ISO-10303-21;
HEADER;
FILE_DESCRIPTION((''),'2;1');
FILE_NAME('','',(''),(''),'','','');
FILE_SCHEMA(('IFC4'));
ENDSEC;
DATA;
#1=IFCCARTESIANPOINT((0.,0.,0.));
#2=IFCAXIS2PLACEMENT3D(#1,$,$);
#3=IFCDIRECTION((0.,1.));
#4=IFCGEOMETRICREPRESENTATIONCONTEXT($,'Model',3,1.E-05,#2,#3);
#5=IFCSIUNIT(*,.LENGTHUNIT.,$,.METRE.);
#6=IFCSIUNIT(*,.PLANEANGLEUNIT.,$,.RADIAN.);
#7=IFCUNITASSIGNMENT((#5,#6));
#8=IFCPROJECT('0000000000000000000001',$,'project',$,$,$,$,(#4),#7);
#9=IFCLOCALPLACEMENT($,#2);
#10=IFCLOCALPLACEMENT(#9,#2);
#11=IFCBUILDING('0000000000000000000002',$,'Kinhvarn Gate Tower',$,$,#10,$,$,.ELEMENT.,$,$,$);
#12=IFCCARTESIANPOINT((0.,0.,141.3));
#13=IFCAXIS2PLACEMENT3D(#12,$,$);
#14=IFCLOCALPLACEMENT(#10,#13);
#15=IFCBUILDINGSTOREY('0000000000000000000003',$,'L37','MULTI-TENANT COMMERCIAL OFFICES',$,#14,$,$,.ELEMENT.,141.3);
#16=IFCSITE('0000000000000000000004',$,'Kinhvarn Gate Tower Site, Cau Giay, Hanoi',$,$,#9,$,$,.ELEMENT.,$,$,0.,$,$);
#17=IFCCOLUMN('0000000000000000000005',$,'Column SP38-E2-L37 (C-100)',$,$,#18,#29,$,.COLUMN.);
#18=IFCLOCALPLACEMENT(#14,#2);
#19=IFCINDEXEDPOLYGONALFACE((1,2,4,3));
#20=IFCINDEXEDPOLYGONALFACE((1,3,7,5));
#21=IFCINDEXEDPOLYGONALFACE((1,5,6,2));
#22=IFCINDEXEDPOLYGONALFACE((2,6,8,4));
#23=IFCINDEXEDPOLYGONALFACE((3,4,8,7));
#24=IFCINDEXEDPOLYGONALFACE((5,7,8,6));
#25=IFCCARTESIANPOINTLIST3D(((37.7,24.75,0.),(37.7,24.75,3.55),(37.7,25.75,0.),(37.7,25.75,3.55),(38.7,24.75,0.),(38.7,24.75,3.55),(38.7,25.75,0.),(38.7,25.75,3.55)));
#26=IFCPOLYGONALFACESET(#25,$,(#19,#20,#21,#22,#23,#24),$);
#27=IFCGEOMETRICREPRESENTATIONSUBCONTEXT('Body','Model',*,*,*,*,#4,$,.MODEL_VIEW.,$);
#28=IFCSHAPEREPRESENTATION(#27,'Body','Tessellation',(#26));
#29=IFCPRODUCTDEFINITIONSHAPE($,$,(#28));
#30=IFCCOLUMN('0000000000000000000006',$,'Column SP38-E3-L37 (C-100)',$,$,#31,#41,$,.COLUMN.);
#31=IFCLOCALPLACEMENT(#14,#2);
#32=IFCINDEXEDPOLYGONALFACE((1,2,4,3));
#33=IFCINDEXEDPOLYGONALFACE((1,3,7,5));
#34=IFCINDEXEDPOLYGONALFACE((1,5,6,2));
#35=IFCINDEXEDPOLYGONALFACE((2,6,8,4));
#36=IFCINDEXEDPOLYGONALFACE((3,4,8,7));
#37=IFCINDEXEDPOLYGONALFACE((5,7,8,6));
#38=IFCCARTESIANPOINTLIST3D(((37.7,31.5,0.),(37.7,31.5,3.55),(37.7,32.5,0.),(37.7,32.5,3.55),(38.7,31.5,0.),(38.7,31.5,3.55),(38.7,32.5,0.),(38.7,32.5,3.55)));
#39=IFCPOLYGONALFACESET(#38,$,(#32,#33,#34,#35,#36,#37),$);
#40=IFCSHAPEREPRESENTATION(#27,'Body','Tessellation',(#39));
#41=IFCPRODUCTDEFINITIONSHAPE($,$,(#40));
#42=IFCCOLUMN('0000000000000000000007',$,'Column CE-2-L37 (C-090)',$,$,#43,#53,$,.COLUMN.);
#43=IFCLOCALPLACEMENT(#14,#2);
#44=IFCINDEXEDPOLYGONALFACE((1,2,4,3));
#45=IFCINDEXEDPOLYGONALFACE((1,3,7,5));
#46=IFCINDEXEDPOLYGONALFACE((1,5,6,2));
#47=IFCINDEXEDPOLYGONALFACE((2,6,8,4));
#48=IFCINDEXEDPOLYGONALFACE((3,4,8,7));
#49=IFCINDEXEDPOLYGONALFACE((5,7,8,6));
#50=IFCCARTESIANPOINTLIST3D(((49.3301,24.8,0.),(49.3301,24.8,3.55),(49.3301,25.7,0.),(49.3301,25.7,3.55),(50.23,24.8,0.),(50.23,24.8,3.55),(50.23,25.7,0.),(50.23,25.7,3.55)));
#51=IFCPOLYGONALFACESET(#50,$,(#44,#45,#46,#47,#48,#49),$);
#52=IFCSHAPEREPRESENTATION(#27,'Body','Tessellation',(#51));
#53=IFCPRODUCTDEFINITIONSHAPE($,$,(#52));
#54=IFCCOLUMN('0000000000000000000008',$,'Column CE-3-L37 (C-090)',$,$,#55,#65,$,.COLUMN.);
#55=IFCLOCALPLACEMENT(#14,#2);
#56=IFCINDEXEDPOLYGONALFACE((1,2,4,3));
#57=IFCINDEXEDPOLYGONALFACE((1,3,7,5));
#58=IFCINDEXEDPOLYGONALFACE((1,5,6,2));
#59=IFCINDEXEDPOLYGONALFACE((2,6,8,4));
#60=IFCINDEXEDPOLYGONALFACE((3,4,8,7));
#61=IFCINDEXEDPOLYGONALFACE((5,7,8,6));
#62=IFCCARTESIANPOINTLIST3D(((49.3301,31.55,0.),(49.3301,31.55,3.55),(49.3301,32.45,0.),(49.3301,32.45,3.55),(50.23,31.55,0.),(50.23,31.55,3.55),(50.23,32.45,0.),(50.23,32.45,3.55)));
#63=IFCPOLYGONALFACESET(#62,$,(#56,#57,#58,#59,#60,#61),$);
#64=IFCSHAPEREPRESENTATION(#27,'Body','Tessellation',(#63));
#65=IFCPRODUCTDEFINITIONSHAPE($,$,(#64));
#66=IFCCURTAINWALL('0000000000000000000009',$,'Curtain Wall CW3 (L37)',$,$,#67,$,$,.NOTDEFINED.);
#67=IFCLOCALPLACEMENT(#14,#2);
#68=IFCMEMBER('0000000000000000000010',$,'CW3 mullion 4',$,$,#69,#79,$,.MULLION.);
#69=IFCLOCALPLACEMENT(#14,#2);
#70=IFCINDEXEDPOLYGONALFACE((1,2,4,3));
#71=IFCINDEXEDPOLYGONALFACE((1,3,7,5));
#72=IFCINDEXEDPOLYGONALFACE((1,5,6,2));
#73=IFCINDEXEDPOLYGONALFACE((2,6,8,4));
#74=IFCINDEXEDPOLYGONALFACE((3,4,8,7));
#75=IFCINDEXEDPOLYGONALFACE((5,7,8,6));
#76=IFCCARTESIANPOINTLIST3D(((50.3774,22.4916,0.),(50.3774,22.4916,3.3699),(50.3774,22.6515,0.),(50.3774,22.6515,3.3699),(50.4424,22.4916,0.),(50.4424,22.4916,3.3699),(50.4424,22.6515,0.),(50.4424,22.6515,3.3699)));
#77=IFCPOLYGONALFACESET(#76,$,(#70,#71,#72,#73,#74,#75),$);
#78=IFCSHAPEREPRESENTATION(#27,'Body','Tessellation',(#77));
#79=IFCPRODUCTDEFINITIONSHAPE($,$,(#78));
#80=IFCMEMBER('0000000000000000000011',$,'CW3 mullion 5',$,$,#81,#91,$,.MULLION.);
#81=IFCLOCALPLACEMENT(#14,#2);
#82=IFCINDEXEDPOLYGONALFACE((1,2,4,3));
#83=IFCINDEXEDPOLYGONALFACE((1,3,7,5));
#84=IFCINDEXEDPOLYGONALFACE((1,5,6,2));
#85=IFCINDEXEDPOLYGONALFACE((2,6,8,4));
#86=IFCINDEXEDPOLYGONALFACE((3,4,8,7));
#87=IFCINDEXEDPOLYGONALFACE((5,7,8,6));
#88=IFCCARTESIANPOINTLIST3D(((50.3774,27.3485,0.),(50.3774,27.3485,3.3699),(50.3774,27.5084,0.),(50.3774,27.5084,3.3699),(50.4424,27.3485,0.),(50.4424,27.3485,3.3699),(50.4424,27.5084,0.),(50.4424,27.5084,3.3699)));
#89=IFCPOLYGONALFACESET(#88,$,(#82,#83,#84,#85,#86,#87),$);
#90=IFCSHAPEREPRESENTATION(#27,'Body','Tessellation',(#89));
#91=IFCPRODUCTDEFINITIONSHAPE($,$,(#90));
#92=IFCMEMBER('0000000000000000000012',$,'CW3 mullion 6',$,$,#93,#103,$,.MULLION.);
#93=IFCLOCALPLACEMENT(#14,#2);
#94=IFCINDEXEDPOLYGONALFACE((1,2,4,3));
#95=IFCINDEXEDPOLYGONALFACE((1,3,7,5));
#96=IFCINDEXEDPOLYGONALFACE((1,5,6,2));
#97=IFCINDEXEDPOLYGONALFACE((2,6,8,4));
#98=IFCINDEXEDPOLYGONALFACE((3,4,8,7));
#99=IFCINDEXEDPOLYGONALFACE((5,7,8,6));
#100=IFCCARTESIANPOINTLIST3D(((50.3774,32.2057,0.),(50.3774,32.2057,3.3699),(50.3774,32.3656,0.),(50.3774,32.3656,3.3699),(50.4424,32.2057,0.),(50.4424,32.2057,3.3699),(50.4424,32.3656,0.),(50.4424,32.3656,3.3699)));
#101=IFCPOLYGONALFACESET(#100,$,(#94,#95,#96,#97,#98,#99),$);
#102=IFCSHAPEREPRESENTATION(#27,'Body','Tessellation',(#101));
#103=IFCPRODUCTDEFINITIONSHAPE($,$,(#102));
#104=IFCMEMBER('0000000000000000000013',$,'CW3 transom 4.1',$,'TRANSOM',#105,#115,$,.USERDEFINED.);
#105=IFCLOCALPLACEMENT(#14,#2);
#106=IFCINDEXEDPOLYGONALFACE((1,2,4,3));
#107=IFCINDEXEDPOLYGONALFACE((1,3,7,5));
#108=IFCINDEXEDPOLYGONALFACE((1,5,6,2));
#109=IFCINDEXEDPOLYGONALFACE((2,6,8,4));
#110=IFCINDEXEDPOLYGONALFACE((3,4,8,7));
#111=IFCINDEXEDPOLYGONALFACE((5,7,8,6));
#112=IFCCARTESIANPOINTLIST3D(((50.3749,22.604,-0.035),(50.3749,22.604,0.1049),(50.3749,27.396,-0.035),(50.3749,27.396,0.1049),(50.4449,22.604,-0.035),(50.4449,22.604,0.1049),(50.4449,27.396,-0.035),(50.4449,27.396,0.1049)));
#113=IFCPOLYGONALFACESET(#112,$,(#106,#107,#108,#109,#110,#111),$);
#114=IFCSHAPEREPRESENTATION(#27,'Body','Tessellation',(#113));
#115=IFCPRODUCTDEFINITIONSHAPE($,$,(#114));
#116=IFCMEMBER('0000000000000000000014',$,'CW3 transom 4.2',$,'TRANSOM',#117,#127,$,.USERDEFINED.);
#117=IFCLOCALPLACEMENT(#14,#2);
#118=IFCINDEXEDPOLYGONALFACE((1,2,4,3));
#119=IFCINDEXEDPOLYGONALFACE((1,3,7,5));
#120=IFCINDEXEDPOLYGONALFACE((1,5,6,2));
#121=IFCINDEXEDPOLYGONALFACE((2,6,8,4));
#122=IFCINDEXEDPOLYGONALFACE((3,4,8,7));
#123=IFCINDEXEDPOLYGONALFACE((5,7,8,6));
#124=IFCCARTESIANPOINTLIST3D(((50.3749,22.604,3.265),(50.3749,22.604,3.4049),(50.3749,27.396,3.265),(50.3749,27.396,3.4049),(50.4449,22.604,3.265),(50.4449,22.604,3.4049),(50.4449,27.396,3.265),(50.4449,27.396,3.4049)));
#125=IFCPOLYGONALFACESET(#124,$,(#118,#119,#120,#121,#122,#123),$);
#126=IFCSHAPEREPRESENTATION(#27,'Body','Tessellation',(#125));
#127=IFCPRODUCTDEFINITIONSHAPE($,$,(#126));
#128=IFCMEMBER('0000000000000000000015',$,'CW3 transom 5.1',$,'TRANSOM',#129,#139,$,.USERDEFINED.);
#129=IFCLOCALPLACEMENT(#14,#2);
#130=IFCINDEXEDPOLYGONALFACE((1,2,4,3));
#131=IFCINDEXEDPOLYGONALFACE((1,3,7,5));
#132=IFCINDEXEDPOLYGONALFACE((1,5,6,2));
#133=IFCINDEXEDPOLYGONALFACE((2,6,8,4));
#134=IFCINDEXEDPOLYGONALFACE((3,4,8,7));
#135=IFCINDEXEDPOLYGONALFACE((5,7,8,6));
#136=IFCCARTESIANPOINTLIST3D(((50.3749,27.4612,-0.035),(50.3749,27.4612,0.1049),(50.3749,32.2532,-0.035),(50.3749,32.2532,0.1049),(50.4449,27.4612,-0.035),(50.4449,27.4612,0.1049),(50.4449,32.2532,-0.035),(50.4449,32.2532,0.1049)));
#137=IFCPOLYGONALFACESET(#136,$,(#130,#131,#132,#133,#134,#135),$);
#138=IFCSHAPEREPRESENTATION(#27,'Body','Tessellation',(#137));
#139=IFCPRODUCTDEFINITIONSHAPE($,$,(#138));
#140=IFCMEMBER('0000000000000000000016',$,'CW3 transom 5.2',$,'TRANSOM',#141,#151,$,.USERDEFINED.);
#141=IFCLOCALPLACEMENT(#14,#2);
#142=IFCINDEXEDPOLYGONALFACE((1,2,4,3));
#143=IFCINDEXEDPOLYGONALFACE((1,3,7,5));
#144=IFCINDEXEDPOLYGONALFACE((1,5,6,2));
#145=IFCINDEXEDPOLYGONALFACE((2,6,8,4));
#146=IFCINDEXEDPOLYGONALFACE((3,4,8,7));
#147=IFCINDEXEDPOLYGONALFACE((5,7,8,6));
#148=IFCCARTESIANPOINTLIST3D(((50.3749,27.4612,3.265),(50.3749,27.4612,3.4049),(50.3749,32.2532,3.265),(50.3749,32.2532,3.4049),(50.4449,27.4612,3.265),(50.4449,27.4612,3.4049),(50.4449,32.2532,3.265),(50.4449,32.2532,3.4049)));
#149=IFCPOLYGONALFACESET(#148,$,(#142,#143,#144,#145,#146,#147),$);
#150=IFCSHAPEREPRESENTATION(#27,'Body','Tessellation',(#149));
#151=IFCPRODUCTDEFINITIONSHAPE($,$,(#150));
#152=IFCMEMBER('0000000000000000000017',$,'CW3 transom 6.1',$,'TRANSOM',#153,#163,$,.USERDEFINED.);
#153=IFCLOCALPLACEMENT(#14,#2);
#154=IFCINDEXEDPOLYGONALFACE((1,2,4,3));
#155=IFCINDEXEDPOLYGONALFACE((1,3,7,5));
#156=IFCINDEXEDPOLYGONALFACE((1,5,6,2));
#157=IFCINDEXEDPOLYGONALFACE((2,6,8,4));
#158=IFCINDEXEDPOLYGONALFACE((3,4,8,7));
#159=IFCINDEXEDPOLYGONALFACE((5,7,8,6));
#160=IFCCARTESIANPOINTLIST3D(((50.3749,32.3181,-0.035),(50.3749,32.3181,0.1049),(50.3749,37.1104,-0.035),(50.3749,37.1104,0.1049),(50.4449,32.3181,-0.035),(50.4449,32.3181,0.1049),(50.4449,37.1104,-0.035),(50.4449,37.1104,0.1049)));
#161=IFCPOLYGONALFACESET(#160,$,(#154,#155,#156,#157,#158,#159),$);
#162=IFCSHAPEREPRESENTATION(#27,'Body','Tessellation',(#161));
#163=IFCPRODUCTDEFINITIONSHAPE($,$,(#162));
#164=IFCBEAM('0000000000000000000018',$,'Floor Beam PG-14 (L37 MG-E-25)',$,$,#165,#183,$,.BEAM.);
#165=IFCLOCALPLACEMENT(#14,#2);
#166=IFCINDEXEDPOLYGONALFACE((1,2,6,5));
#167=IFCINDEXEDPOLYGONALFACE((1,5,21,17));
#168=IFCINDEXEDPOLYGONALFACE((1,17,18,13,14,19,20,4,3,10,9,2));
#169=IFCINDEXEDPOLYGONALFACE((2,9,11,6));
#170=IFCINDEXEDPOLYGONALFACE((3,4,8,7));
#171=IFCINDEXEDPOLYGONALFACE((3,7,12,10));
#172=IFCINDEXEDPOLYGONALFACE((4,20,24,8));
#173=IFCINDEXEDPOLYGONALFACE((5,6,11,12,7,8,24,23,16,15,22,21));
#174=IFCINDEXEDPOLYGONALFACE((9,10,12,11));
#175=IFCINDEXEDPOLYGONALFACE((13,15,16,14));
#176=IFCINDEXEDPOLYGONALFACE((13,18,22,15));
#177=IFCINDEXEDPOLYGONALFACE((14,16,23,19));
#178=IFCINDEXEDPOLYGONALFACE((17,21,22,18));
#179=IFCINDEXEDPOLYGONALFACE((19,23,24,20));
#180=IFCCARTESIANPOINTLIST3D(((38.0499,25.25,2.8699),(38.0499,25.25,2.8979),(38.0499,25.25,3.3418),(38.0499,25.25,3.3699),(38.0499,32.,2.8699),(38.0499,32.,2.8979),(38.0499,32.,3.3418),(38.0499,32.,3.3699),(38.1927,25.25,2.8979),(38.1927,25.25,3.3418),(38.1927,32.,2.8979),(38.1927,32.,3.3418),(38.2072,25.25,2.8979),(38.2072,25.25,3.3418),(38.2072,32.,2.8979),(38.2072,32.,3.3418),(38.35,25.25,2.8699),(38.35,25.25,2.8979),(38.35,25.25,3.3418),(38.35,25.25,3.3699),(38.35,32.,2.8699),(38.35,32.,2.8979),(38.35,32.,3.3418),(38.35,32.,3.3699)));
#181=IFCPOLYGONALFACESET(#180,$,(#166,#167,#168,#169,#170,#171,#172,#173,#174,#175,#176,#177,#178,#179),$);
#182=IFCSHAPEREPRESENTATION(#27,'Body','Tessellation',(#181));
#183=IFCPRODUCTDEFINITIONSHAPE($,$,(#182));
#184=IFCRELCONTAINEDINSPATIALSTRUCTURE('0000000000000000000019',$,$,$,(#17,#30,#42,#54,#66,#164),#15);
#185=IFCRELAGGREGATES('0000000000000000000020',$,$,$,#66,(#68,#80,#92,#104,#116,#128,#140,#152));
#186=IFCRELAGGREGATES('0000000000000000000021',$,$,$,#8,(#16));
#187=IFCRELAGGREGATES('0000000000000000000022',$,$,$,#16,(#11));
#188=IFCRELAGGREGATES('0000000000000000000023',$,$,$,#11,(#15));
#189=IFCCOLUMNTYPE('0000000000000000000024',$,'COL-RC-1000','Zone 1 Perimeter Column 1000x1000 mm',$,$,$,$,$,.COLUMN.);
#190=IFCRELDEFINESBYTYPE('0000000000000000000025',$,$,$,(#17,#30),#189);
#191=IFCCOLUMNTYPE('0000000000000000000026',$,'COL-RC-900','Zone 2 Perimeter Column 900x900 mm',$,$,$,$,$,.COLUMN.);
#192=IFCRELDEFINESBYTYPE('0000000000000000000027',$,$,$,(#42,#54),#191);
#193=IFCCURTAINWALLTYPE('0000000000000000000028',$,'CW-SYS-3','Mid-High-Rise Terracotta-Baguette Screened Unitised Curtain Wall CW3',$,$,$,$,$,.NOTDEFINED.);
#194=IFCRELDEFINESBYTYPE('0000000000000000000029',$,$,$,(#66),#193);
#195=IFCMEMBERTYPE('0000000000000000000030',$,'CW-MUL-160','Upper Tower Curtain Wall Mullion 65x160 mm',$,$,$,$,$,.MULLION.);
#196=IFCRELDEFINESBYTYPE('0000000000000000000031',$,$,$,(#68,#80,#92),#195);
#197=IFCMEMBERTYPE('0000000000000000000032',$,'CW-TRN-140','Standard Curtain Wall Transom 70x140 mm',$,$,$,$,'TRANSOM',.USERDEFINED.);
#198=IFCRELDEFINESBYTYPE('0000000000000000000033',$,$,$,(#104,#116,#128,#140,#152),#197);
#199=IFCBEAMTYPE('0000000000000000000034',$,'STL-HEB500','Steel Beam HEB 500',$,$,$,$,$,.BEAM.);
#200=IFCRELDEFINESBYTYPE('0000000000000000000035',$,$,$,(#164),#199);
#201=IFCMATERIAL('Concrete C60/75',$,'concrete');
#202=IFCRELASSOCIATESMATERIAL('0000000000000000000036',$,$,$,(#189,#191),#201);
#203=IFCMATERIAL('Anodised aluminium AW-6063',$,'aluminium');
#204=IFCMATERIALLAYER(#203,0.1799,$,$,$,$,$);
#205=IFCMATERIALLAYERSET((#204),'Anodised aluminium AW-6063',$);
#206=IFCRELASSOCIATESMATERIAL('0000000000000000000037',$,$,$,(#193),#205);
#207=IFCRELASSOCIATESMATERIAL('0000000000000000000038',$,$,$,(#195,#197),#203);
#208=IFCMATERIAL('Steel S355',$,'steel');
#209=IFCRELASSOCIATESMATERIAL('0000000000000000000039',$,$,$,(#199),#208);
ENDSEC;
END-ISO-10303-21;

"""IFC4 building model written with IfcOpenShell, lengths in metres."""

from ifc_helpers import new_model, si_unit, direction, frame, origin, origin_2d, place, context, subcontext, project, spatial, rectangle, i_section, extrude, material, layer, layer_set, material_profile, profile_set, type_object, element, aggregate, save


model = new_model("IFC4")

# Units and contexts
model_context = context("Model", 3, precision=1e-05, world=origin(), true_north=direction((0.0, 1.0)))
body_context = subcontext(model_context, "Body", "Model", "MODEL_VIEW")
ifc_project = project(units=[si_unit("LENGTHUNIT", "METRE"), si_unit("PLANEANGLEUNIT", "RADIAN")], contexts=[model_context])

# Site, building, storey
site_placement = place(None, origin())
site = spatial("IfcSite", under=ifc_project, at=site_placement, Name="Kinhvarn Gate Tower Site, Cau Giay, Hanoi", CompositionType="ELEMENT", RefElevation=0.0)
building_placement = place(site_placement, origin())
building = spatial("IfcBuilding", under=site, at=building_placement, Name="Kinhvarn Gate Tower", CompositionType="ELEMENT")
storey_placement = place(building_placement, frame((0.0, 0.0, 141.3)))
storey = spatial("IfcBuildingStorey", under=building, at=storey_placement, Name="L37", Description="MULTI-TENANT COMMERCIAL OFFICES", CompositionType="ELEMENT", Elevation=141.3)

# Columns
ifc_material_1 = material(Name="Concrete C60/75", Category="concrete")
ifc_material_profile_1 = material_profile(ifc_material_1, rectangle(XDim=1.0, YDim=1.0, at=origin_2d()), Name="RC 1000x1000")
ifc_profile_set_1 = profile_set([ifc_material_profile_1], Name="Concrete C60/75")
column_type_1 = type_object("IfcColumnType", Name="COL-RC-1000", Description="Zone 1 Perimeter Column 1000x1000 mm", PredefinedType="COLUMN", material=ifc_profile_set_1)
for number, where, z_axis, x_axis, name in (
    (1, (38.2, 25.25, 0.0), (0.0, 0.0, 1.0), (1.0, 0.0, 0.0), "Column SP38-E2-L37 (C-100)"),
    (2, (38.2, 32.0, 0.0), (0.0, 0.0, 1.0), (1.0, 0.0, 0.0), "Column SP38-E3-L37 (C-100)"),
):
    element("IfcColumn", number, at=place(storey_placement, frame(where, z_axis=z_axis, x_axis=x_axis)), inside=storey, type_object=column_type_1, Name=name, PredefinedType="COLUMN", context=body_context, shape_type="SweptSolid", body=[
        extrude(rectangle(XDim=1.0, YDim=1.0, at=origin_2d()), origin(), (0.0, 0.0, 1.0), 3.55),
    ])
ifc_material_profile_2 = material_profile(ifc_material_1, rectangle(XDim=0.8999, YDim=0.8999, at=origin_2d()), Name="RC 900x900")
ifc_profile_set_2 = profile_set([ifc_material_profile_2], Name="Concrete C60/75")
column_type_2 = type_object("IfcColumnType", Name="COL-RC-900", Description="Zone 2 Perimeter Column 900x900 mm", PredefinedType="COLUMN", material=ifc_profile_set_2)
for number, where, z_axis, x_axis, name in (
    (3, (49.78, 25.25, 0.0), (0.0, 0.0, 1.0), (1.0, 0.0, 0.0), "Column CE-2-L37 (C-090)"),
    (4, (49.78, 32.0, 0.0), (0.0, 0.0, 1.0), (1.0, 0.0, 0.0), "Column CE-3-L37 (C-090)"),
):
    element("IfcColumn", number, at=place(storey_placement, frame(where, z_axis=z_axis, x_axis=x_axis)), inside=storey, type_object=column_type_2, Name=name, PredefinedType="COLUMN", context=body_context, shape_type="SweptSolid", body=[
        extrude(rectangle(XDim=0.8999, YDim=0.8999, at=origin_2d()), origin(), (0.0, 0.0, 1.0), 3.55),
    ])

# Curtain wall, members
ifc_material_2 = material(Name="Anodised aluminium AW-6063", Category="aluminium")
ifc_layer_1 = layer(ifc_material_2, 0.1799)
ifc_layer_set_1 = layer_set([ifc_layer_1], Name="Anodised aluminium AW-6063")
curtain_wall_type = type_object("IfcCurtainWallType", Name="CW-SYS-3", Description="Mid-High-Rise Terracotta-Baguette Screened Unitised Curtain Wall CW3", PredefinedType="NOTDEFINED", material=ifc_layer_set_1)
curtain_wall_placement = place(storey_placement, origin())
curtain_wall = element("IfcCurtainWall", 5, at=curtain_wall_placement, inside=storey, type_object=curtain_wall_type, Name="Curtain Wall CW3 (L37)", PredefinedType="NOTDEFINED")
ifc_material_profile_3 = material_profile(ifc_material_2, rectangle(XDim=0.0649, YDim=0.1599, at=origin_2d()), Name="ALU 65x160")
ifc_profile_set_3 = profile_set([ifc_material_profile_3], Name="Anodised aluminium AW-6063")
member_type_1 = type_object("IfcMemberType", Name="CW-MUL-160", Description="Upper Tower Curtain Wall Mullion 65x160 mm", PredefinedType="MULLION", material=ifc_profile_set_3)
member_1_placement = place(storey_placement, frame((50.4099, 22.5715, 0.0), z_axis=(0.0, 0.0, 1.0), x_axis=(-1.0, 0.0, 0.0)))
member_1 = element("IfcMember", 6, at=member_1_placement, type_object=member_type_1, Name="CW3 mullion 4", PredefinedType="MULLION", context=body_context, shape_type="SweptSolid", body=[
    extrude(rectangle(XDim=0.0649, YDim=0.1599, at=origin_2d()), origin(), (0.0, 0.0, 1.0), 3.3699),
])
member_2_placement = place(storey_placement, frame((50.4099, 27.4285, 0.0), z_axis=(0.0, 0.0, 1.0), x_axis=(-1.0, 0.0, 0.0)))
member_2 = element("IfcMember", 7, at=member_2_placement, type_object=member_type_1, Name="CW3 mullion 5", PredefinedType="MULLION", context=body_context, shape_type="SweptSolid", body=[
    extrude(rectangle(XDim=0.0649, YDim=0.1599, at=origin_2d()), origin(), (0.0, 0.0, 1.0), 3.3699),
])
member_3_placement = place(storey_placement, frame((50.4099, 32.2856, 0.0), z_axis=(0.0, 0.0, 1.0), x_axis=(-1.0, 0.0, 0.0)))
member_3 = element("IfcMember", 8, at=member_3_placement, type_object=member_type_1, Name="CW3 mullion 6", PredefinedType="MULLION", context=body_context, shape_type="SweptSolid", body=[
    extrude(rectangle(XDim=0.0649, YDim=0.1599, at=origin_2d()), origin(), (0.0, 0.0, 1.0), 3.3699),
])
ifc_material_profile_4 = material_profile(ifc_material_2, rectangle(XDim=0.0701, YDim=0.1399, at=origin_2d()), Name="ALU 70x140")
ifc_profile_set_4 = profile_set([ifc_material_profile_4], Name="Anodised aluminium AW-6063")
member_type_2 = type_object("IfcMemberType", Name="CW-TRN-140", Description="Standard Curtain Wall Transom 70x140 mm", ElementType="TRANSOM", PredefinedType="USERDEFINED", material=ifc_profile_set_4)
member_4_placement = place(storey_placement, frame((50.4099, 22.604, 0.0349), z_axis=(0.0, 1.0, 0.0), x_axis=(-1.0, 0.0, 0.0)))
member_4 = element("IfcMember", 9, at=member_4_placement, type_object=member_type_2, Name="CW3 transom 4.1", ObjectType="TRANSOM", PredefinedType="USERDEFINED", context=body_context, shape_type="SweptSolid", body=[
    extrude(rectangle(XDim=0.0701, YDim=0.1399, at=origin_2d()), origin(), (0.0, 0.0, 1.0), 4.792),
])
member_5_placement = place(storey_placement, frame((50.4099, 22.604, 3.335), z_axis=(0.0, 1.0, 0.0), x_axis=(-1.0, 0.0, 0.0)))
member_5 = element("IfcMember", 10, at=member_5_placement, type_object=member_type_2, Name="CW3 transom 4.2", ObjectType="TRANSOM", PredefinedType="USERDEFINED", context=body_context, shape_type="SweptSolid", body=[
    extrude(rectangle(XDim=0.0701, YDim=0.1399, at=origin_2d()), origin(), (0.0, 0.0, 1.0), 4.792),
])
member_6_placement = place(storey_placement, frame((50.4099, 27.4612, 0.0349), z_axis=(0.0, 1.0, 0.0), x_axis=(-1.0, 0.0, 0.0)))
member_6 = element("IfcMember", 11, at=member_6_placement, type_object=member_type_2, Name="CW3 transom 5.1", ObjectType="TRANSOM", PredefinedType="USERDEFINED", context=body_context, shape_type="SweptSolid", body=[
    extrude(rectangle(XDim=0.0701, YDim=0.1399, at=origin_2d()), origin(), (0.0, 0.0, 1.0), 4.792),
])
member_7_placement = place(storey_placement, frame((50.4099, 27.4612, 3.335), z_axis=(0.0, 1.0, 0.0), x_axis=(-1.0, 0.0, 0.0)))
member_7 = element("IfcMember", 12, at=member_7_placement, type_object=member_type_2, Name="CW3 transom 5.2", ObjectType="TRANSOM", PredefinedType="USERDEFINED", context=body_context, shape_type="SweptSolid", body=[
    extrude(rectangle(XDim=0.0701, YDim=0.1399, at=origin_2d()), origin(), (0.0, 0.0, 1.0), 4.792),
])
member_8_placement = place(storey_placement, frame((50.4099, 32.3181, 0.0349), z_axis=(0.0, 1.0, 0.0), x_axis=(-1.0, 0.0, 0.0)))
member_8 = element("IfcMember", 13, at=member_8_placement, type_object=member_type_2, Name="CW3 transom 6.1", ObjectType="TRANSOM", PredefinedType="USERDEFINED", context=body_context, shape_type="SweptSolid", body=[
    extrude(rectangle(XDim=0.0701, YDim=0.1399, at=origin_2d()), origin(), (0.0, 0.0, 1.0), 4.7922),
])

# Beam
ifc_material_3 = material(Name="Steel S355", Category="steel")
ifc_material_profile_5 = material_profile(ifc_material_3, i_section(OverallWidth=0.3, OverallDepth=0.5, WebThickness=0.0144, FlangeThickness=0.0281, at=origin_2d()), Name="HEB 500")
ifc_profile_set_5 = profile_set([ifc_material_profile_5], Name="Steel S355")
beam_type_1 = type_object("IfcBeamType", Name="STL-HEB500", Description="Steel Beam HEB 500", PredefinedType="BEAM", material=ifc_profile_set_5)
beam_1_placement = place(storey_placement, frame((38.2, 25.25, 3.1199), z_axis=(0.0, 1.0, 0.0), x_axis=(-1.0, 0.0, 0.0)))
element("IfcBeam", 14, at=beam_1_placement, inside=storey, type_object=beam_type_1, Name="Floor Beam PG-14 (L37 MG-E-25)", PredefinedType="BEAM", context=body_context, shape_type="SweptSolid", body=[
    extrude(i_section(OverallWidth=0.3, OverallDepth=0.5, WebThickness=0.0144, FlangeThickness=0.0281, at=origin_2d()), origin(), (0.0, 0.0, 1.0), 6.75),
])

aggregate(curtain_wall, [member_1, member_2, member_3, member_4, member_5, member_6, member_7, member_8])

save(model, "model.ifc")
